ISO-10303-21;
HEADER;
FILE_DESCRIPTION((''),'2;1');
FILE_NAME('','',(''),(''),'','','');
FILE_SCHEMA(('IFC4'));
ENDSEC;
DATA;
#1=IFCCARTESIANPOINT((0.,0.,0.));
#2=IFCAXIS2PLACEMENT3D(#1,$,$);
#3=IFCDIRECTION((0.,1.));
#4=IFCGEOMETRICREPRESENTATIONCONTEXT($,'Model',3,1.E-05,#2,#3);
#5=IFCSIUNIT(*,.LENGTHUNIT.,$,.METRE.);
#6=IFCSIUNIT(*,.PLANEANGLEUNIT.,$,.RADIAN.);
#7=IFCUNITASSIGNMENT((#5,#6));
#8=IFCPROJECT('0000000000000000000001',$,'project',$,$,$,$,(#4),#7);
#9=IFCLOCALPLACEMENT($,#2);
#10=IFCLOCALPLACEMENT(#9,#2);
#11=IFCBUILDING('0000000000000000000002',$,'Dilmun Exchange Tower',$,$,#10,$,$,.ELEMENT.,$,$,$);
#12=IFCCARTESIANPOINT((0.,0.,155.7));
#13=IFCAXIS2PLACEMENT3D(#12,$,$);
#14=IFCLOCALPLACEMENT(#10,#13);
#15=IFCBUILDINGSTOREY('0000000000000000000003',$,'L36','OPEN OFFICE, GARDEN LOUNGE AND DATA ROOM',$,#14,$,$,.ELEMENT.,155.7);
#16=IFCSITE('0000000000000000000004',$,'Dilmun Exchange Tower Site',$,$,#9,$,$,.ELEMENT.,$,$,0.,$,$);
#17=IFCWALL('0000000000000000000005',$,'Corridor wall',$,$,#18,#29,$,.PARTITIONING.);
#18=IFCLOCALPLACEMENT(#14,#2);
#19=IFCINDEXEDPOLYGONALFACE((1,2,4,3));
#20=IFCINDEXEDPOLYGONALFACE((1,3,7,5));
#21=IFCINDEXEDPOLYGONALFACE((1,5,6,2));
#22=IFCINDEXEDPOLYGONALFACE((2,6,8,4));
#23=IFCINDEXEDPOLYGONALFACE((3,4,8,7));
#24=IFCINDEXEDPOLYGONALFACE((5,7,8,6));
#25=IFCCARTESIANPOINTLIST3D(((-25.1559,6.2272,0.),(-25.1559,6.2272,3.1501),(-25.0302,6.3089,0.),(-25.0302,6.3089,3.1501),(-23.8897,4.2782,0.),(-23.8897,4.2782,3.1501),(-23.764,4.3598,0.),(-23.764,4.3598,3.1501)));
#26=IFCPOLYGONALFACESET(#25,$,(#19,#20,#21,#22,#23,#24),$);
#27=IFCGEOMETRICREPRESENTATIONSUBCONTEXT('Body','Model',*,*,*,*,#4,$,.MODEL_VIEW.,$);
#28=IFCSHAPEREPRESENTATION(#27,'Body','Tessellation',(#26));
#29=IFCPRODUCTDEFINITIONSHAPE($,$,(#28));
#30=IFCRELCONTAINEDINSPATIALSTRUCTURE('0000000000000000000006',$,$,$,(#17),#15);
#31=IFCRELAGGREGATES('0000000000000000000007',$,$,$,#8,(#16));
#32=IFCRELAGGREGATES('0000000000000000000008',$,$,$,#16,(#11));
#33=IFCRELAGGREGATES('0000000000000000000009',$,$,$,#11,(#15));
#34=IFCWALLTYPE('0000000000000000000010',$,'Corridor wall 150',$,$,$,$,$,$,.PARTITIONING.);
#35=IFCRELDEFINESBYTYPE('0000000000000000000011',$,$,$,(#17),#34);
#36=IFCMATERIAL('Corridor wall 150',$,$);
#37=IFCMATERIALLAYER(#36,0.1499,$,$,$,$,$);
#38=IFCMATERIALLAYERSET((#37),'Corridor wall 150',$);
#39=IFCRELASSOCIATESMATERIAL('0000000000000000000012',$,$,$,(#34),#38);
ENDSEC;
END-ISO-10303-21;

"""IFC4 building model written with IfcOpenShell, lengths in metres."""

from ifc_helpers import new_model, si_unit, direction, frame, frame_2d, origin, place, context, subcontext, project, spatial, rectangle, extrude, material, layer, layer_set, type_object, element, save


model = new_model("IFC4")

# Units and contexts
model_context = context("Model", 3, precision=1e-05, world=origin(), true_north=direction((0.0, 1.0)))
body_context = subcontext(model_context, "Body", "Model", "MODEL_VIEW")
ifc_project = project(units=[si_unit("LENGTHUNIT", "METRE"), si_unit("PLANEANGLEUNIT", "RADIAN")], contexts=[model_context])

# Site, building, storey
site_placement = place(None, origin())
site = spatial("IfcSite", under=ifc_project, at=site_placement, Name="Dilmun Exchange Tower Site", CompositionType="ELEMENT", RefElevation=0.0)
building_placement = place(site_placement, origin())
building = spatial("IfcBuilding", under=site, at=building_placement, Name="Dilmun Exchange Tower", CompositionType="ELEMENT")
storey_placement = place(building_placement, frame((0.0, 0.0, 155.7)))
storey = spatial("IfcBuildingStorey", under=building, at=storey_placement, Name="L36", Description="OPEN OFFICE, GARDEN LOUNGE AND DATA ROOM", CompositionType="ELEMENT", Elevation=155.7)

# Shared definitions
ifc_material_1 = material(Name="Corridor wall 150")
ifc_layer = layer(ifc_material_1, 0.1499)
ifc_layer_set = layer_set([ifc_layer], Name="Corridor wall 150")
wall_type = type_object("IfcWallType", Name="Corridor wall 150", PredefinedType="PARTITIONING", material=ifc_layer_set)

# Wall
wall_1_placement = place(storey_placement, frame((-25.093, 6.2681, 0.0), z_axis=(0.0, 0.0, 1.0), x_axis=(0.54477, -0.838585, 0.0)))
element("IfcWall", 1, at=wall_1_placement, inside=storey, type_object=wall_type, Name="Corridor wall", PredefinedType="PARTITIONING", context=body_context, shape_type="SweptSolid", body=[
    extrude(rectangle(XDim=2.3242, YDim=0.1499, at=frame_2d((1.1621, 0.0))), origin(), (0.0, 0.0, 1.0), 3.1501),
])

save(model, "model.ifc")
